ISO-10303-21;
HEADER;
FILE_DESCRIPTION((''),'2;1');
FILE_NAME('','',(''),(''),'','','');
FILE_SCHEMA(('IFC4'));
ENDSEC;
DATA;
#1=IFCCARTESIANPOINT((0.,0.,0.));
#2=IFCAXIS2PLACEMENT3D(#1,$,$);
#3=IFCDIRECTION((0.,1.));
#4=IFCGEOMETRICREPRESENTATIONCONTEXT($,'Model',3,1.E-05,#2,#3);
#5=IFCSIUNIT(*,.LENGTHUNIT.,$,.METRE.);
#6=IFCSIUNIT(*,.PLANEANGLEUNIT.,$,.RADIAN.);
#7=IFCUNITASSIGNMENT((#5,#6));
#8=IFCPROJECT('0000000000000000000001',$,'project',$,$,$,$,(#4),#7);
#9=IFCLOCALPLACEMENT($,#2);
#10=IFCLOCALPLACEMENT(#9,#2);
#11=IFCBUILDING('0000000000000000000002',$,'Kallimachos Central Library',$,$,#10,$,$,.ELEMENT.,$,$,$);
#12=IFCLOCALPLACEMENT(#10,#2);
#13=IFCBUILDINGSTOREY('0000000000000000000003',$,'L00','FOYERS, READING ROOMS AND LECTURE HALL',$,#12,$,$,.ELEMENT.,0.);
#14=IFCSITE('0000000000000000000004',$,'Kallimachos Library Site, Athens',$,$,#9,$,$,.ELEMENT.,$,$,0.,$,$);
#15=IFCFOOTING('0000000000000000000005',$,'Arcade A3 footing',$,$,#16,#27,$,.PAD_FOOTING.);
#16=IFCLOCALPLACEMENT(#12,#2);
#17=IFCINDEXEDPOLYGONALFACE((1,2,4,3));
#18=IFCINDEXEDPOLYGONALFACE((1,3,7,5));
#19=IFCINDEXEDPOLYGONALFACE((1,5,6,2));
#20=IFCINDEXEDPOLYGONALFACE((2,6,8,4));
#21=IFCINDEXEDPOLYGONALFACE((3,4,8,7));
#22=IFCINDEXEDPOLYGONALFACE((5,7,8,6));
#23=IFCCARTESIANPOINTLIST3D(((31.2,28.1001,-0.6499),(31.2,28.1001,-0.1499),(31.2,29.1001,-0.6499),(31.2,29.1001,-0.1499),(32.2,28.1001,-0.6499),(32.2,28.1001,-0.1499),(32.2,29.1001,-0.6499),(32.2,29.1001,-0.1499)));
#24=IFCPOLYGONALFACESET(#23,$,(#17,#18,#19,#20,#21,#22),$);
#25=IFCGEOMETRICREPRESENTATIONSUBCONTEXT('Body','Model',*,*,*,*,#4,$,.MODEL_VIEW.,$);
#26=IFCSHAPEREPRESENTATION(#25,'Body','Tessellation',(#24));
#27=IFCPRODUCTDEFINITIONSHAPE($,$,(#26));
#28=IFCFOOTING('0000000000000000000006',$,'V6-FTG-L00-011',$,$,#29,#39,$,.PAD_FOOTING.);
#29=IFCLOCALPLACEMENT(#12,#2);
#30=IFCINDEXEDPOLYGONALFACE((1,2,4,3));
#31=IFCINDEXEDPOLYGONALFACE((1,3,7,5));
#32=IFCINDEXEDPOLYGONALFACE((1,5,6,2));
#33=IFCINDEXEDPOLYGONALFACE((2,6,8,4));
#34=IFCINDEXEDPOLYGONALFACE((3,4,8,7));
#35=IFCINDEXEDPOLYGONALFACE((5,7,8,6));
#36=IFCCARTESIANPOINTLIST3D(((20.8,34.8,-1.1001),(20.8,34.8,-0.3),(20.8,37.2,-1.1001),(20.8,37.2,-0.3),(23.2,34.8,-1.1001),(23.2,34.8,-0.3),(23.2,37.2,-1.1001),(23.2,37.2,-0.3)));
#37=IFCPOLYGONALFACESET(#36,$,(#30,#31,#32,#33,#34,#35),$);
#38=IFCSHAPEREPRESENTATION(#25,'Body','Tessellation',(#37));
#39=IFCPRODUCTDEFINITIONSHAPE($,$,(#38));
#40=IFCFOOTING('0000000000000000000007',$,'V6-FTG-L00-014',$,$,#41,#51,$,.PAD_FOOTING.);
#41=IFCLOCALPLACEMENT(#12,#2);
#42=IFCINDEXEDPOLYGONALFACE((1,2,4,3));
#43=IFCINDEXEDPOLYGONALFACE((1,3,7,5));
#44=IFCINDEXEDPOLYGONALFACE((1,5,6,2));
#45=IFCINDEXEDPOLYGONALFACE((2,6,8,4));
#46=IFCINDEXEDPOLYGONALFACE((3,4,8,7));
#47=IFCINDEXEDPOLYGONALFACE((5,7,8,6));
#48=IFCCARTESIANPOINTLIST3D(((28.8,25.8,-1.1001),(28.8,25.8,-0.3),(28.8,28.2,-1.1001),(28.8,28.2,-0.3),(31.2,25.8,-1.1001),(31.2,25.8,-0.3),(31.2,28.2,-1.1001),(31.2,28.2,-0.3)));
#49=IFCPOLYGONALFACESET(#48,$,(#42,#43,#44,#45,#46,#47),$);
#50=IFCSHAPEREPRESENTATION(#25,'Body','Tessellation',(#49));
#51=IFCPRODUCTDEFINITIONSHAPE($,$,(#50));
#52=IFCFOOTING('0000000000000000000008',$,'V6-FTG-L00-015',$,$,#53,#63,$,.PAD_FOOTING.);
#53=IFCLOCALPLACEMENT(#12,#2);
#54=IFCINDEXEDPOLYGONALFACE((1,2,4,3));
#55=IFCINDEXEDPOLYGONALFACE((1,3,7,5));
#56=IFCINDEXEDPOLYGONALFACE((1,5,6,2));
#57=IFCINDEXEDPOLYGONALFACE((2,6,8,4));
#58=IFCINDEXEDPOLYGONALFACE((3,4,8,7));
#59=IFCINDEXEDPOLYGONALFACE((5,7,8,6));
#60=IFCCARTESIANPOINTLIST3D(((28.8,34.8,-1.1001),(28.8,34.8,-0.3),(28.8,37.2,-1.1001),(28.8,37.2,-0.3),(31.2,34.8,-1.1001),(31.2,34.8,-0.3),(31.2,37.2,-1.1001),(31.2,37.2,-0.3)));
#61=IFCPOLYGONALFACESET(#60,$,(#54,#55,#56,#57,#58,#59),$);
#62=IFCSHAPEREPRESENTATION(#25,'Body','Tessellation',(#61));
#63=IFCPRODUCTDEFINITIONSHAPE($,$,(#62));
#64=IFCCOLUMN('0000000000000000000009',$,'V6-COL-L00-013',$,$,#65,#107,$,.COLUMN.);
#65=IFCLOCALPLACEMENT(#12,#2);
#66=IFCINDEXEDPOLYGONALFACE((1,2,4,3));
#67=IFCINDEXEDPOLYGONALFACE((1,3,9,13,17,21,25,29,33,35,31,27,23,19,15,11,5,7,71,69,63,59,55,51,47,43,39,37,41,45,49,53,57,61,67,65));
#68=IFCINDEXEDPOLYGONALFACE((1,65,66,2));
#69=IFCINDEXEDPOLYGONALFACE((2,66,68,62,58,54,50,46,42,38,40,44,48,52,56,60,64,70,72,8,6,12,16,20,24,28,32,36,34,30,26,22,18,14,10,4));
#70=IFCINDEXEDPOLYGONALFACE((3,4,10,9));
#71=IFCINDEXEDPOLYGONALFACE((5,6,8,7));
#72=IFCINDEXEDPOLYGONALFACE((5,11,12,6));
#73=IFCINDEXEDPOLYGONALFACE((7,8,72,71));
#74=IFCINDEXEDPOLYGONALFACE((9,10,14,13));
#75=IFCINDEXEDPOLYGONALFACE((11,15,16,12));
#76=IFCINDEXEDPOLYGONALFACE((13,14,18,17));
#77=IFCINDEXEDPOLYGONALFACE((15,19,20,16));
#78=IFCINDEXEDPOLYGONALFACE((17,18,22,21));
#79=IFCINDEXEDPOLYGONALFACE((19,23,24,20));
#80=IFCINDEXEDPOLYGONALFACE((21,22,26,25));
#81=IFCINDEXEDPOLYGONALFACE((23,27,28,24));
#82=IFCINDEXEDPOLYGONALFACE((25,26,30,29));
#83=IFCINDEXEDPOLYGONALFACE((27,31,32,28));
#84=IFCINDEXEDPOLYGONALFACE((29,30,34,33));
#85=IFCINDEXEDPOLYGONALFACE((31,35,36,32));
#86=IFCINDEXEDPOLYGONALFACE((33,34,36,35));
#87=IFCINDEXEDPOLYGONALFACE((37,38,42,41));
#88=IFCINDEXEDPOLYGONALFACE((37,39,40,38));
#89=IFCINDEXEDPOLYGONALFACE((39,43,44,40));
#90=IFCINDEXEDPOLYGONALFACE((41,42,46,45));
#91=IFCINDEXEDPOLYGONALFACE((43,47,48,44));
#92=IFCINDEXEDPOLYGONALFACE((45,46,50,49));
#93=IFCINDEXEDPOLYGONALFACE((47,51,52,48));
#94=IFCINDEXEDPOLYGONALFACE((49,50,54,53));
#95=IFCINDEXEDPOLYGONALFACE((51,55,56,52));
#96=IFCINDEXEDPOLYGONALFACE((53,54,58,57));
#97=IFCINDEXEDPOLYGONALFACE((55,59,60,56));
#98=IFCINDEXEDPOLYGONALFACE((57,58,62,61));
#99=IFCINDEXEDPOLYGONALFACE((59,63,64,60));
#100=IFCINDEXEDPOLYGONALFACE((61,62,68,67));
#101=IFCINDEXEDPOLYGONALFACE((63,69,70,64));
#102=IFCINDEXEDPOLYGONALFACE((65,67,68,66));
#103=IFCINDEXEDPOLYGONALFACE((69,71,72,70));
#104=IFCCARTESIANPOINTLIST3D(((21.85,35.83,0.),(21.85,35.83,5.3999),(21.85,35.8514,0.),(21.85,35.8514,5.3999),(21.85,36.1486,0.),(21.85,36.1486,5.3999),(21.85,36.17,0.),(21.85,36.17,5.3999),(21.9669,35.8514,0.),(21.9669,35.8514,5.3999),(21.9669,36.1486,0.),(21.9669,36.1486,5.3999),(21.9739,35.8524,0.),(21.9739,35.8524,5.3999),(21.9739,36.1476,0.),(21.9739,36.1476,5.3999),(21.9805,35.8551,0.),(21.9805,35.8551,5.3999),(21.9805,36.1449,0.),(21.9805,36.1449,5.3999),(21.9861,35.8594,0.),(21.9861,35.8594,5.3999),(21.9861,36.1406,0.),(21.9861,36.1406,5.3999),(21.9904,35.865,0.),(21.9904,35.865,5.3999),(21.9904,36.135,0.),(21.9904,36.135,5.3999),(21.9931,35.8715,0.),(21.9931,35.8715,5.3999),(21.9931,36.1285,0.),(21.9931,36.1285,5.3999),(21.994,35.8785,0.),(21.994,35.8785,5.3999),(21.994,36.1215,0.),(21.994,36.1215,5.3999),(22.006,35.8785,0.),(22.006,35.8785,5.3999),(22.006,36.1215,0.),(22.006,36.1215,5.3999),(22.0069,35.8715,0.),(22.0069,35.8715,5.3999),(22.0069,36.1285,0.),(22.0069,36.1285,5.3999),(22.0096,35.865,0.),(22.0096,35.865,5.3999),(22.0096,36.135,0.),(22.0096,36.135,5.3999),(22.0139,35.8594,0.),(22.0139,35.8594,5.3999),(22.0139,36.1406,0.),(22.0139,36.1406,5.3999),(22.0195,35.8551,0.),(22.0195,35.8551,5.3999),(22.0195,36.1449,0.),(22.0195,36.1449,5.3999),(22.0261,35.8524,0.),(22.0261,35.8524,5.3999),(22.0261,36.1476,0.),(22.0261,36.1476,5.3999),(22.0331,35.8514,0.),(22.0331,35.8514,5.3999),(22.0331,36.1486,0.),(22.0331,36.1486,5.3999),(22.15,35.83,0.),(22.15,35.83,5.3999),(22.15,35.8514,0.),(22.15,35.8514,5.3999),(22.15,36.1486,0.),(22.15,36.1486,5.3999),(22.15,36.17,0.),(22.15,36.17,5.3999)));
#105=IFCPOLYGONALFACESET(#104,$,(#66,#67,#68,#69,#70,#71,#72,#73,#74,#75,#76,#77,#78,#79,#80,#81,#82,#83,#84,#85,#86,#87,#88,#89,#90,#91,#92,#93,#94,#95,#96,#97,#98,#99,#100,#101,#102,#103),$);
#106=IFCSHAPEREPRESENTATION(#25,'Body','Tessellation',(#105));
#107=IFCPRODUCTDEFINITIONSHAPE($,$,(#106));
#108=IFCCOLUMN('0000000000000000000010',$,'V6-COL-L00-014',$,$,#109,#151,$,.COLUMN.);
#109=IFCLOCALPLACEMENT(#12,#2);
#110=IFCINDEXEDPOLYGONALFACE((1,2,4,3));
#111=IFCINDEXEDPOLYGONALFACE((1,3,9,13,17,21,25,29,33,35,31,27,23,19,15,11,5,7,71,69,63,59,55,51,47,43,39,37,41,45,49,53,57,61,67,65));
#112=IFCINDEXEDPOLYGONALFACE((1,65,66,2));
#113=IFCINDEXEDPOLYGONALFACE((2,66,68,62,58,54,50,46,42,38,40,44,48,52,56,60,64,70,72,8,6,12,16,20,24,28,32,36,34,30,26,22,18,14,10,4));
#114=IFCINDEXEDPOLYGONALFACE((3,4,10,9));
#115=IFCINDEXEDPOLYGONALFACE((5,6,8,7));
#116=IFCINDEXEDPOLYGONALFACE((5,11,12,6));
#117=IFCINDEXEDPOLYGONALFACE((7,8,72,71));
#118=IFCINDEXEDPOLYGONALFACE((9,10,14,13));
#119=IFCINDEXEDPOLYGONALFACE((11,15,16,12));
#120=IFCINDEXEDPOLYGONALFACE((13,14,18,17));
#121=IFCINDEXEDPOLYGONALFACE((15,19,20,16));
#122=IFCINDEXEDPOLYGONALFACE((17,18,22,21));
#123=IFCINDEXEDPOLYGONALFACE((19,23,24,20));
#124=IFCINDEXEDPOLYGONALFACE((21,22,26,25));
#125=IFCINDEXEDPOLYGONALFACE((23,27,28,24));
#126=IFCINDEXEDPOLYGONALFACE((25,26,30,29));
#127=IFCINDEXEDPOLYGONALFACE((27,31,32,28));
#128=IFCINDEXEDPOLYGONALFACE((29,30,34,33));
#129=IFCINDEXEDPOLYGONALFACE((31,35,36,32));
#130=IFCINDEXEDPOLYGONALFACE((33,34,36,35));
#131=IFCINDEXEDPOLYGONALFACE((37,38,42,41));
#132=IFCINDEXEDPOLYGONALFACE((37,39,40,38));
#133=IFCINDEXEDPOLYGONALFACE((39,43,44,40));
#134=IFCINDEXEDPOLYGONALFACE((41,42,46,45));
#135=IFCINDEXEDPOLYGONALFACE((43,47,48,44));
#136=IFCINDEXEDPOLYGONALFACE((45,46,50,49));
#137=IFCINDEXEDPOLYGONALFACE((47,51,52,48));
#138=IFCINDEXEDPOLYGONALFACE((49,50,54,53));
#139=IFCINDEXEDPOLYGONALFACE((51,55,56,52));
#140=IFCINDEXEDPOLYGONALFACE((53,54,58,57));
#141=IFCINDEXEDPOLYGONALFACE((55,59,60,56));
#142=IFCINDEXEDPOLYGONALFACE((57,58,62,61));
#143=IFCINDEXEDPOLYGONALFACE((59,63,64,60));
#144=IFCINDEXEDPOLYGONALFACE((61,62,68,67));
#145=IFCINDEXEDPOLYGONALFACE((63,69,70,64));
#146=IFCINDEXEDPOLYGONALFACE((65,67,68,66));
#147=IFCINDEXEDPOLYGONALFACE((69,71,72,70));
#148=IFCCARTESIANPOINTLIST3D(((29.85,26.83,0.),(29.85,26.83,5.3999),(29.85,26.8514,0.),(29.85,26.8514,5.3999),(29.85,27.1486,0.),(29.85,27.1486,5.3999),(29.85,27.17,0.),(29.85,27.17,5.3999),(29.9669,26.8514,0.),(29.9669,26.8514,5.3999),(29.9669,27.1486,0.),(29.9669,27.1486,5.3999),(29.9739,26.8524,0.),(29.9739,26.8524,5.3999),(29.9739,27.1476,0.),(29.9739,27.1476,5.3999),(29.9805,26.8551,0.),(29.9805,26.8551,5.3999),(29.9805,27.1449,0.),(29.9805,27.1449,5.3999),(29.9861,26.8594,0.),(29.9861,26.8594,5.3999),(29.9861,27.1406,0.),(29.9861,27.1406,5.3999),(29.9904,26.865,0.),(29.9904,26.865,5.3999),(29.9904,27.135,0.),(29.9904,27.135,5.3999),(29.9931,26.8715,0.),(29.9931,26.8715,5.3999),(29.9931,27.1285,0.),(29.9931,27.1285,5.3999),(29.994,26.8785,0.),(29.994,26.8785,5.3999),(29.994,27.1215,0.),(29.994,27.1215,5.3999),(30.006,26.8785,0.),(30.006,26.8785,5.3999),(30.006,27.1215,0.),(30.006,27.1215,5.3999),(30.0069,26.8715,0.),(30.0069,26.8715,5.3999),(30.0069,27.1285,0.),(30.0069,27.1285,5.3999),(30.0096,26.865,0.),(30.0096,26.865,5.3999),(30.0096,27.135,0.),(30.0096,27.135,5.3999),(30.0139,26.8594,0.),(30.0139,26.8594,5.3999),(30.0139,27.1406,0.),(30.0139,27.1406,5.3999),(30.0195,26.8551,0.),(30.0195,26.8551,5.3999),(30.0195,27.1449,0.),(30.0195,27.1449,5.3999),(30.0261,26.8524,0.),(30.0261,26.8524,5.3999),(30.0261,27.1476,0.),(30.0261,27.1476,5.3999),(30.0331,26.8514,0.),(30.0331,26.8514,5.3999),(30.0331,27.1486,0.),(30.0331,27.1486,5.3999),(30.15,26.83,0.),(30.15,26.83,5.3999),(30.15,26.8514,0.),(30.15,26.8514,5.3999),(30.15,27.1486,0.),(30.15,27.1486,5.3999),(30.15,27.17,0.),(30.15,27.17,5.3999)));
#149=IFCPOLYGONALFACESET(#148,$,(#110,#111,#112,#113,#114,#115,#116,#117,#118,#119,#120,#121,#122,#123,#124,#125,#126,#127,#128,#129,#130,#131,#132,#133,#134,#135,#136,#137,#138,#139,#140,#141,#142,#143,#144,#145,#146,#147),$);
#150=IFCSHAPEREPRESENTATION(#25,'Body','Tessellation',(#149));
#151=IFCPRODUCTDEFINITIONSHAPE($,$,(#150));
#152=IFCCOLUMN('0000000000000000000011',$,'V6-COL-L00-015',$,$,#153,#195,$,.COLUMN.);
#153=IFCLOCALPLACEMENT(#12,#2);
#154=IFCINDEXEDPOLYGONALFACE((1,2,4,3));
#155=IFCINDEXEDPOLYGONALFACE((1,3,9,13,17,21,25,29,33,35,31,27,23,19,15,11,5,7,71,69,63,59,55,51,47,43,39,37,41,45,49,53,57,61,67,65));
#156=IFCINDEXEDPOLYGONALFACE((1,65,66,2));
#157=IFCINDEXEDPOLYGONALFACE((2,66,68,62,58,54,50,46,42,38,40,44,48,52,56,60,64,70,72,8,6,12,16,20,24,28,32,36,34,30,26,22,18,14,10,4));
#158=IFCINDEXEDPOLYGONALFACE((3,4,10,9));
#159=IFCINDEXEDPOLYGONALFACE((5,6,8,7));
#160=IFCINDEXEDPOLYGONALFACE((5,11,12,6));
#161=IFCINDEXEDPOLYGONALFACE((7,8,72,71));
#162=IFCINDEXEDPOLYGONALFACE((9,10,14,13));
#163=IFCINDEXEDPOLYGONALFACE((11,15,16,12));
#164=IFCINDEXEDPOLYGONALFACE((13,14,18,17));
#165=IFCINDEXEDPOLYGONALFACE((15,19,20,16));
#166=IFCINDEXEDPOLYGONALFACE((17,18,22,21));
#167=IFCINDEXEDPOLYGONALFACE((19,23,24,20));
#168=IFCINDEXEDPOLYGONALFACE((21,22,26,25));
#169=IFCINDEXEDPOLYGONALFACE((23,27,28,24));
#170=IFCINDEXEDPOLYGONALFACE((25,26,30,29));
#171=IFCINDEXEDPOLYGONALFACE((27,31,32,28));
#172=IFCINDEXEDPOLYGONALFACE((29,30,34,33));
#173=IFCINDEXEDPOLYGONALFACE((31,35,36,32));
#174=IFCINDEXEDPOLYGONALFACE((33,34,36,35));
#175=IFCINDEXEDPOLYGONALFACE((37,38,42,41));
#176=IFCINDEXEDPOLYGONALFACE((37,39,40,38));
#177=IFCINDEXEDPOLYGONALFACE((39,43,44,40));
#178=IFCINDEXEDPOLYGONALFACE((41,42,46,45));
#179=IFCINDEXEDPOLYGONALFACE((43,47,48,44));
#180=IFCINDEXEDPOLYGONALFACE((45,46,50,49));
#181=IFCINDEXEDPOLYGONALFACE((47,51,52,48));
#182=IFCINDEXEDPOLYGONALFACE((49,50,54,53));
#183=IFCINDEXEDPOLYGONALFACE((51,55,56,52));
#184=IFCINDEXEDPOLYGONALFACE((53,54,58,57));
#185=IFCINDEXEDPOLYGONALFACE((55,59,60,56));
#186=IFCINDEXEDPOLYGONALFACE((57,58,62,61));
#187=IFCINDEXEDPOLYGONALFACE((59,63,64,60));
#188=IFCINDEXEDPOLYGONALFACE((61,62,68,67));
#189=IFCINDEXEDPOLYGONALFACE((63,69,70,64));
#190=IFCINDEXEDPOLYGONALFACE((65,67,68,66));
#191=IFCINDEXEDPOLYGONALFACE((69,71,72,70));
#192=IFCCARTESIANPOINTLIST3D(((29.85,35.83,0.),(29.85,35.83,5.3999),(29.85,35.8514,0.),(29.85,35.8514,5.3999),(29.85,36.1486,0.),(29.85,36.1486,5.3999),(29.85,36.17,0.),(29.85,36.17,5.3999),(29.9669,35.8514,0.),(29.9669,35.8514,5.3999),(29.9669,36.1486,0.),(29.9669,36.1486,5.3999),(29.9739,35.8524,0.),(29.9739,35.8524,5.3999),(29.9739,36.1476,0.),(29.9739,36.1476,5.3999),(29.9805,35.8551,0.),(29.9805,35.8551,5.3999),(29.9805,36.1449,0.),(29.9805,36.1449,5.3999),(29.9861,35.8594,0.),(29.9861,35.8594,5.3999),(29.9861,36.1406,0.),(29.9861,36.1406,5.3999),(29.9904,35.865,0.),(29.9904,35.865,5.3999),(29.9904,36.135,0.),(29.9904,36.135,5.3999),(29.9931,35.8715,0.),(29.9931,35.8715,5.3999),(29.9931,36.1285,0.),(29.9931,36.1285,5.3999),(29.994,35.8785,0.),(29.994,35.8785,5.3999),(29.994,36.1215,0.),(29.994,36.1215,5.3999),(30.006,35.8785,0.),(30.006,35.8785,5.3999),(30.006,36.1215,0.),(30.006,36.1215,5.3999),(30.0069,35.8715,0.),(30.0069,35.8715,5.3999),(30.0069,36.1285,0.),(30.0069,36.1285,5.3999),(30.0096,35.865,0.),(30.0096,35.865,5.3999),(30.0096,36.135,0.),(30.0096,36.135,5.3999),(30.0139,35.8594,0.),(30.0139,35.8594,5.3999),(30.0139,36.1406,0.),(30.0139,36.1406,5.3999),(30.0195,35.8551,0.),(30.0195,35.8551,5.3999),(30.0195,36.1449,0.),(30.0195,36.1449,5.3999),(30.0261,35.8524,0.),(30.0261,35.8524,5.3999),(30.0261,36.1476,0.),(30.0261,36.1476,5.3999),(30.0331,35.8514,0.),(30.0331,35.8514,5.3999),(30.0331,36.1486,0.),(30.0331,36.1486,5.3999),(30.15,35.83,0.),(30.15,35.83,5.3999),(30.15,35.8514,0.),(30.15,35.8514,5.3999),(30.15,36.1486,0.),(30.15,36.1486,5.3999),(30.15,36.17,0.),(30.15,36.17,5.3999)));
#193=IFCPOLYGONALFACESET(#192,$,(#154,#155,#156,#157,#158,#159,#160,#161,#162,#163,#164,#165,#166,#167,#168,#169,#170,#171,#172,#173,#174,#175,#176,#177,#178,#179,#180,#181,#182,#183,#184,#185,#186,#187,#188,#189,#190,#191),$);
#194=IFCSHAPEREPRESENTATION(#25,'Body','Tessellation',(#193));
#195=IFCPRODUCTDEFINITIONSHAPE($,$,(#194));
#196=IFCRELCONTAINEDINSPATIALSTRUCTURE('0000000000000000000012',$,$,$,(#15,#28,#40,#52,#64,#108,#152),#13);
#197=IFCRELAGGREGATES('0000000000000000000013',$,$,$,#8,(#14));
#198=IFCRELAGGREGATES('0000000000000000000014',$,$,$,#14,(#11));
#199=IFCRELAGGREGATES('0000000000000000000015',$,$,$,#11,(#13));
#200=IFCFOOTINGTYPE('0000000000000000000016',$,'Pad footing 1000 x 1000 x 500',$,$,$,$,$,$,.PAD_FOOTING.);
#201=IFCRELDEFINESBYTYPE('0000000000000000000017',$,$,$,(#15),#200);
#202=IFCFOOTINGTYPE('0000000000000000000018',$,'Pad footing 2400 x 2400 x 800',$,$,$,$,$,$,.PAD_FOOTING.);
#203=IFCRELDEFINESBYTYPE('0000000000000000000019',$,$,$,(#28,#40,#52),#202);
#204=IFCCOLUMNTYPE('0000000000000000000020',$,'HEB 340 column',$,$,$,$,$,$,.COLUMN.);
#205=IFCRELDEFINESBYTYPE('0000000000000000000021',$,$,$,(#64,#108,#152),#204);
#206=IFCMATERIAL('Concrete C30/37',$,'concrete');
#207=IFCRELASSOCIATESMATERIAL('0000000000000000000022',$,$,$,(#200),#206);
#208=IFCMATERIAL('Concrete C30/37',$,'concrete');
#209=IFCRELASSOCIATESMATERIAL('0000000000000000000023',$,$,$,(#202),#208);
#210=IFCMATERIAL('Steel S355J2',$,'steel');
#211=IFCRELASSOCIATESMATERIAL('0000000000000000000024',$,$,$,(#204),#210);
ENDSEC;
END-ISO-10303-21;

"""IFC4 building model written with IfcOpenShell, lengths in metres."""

from ifc_helpers import new_model, si_unit, direction, frame, origin, origin_2d, place, context, subcontext, project, spatial, rectangle, i_section, extrude, material, material_profile, profile_set, type_object, element, save


model = new_model("IFC4")

# Units and contexts
model_context = context("Model", 3, precision=1e-05, world=origin(), true_north=direction((0.0, 1.0)))
body_context = subcontext(model_context, "Body", "Model", "MODEL_VIEW")
ifc_project = project(units=[si_unit("LENGTHUNIT", "METRE"), si_unit("PLANEANGLEUNIT", "RADIAN")], contexts=[model_context])

# Site, building, storey
site_placement = place(None, origin())
site = spatial("IfcSite", under=ifc_project, at=site_placement, Name="Kallimachos Library Site, Athens", CompositionType="ELEMENT", RefElevation=0.0)
building_placement = place(site_placement, origin())
building = spatial("IfcBuilding", under=site, at=building_placement, Name="Kallimachos Central Library", CompositionType="ELEMENT")
storey_placement = place(building_placement, origin())
storey = spatial("IfcBuildingStorey", under=building, at=storey_placement, Name="L00", Description="FOYERS, READING ROOMS AND LECTURE HALL", CompositionType="ELEMENT", Elevation=0.0)

# Footings
ifc_material_1 = material(Name="Concrete C30/37", Category="concrete")
footing_type_1 = type_object("IfcFootingType", Name="Pad footing 1000 x 1000 x 500", PredefinedType="PAD_FOOTING", material=ifc_material_1)
footing_placement = place(storey_placement, frame((31.7, 28.6001, -0.6499), z_axis=(0.0, 0.0, 1.0), x_axis=(1.0, 0.0, 0.0)))
element("IfcFooting", 1, at=footing_placement, inside=storey, type_object=footing_type_1, Name="Arcade A3 footing", PredefinedType="PAD_FOOTING", context=body_context, shape_type="SweptSolid", body=[
    extrude(rectangle(XDim=1.0, YDim=1.0, at=origin_2d()), origin(), (0.0, 0.0, 1.0), 0.5),
])
ifc_material_2 = material(Name="Concrete C30/37", Category="concrete")
footing_type_2 = type_object("IfcFootingType", Name="Pad footing 2400 x 2400 x 800", PredefinedType="PAD_FOOTING", material=ifc_material_2)
for number, where, z_axis, x_axis, name in (
    (2, (22.0, 36.0, -1.1001), (0.0, 0.0, 1.0), (1.0, 0.0, 0.0), "V6-FTG-L00-011"),
    (3, (30.0, 27.0, -1.1001), (0.0, 0.0, 1.0), (1.0, 0.0, 0.0), "V6-FTG-L00-014"),
    (4, (30.0, 36.0, -1.1001), (0.0, 0.0, 1.0), (1.0, 0.0, 0.0), "V6-FTG-L00-015"),
):
    element("IfcFooting", number, at=place(storey_placement, frame(where, z_axis=z_axis, x_axis=x_axis)), inside=storey, type_object=footing_type_2, Name=name, PredefinedType="PAD_FOOTING", context=body_context, shape_type="SweptSolid", body=[
        extrude(rectangle(XDim=2.3999, YDim=2.3999, at=origin_2d()), origin(), (0.0, 0.0, 1.0), 0.8),
    ])

# Columns
ifc_material_3 = material(Name="Steel S355J2", Category="steel")
ifc_material_profile_1 = material_profile(ifc_material_3, i_section(OverallWidth=0.3, OverallDepth=0.3401, WebThickness=0.012, FlangeThickness=0.0215, FilletRadius=0.0271, at=origin_2d()), Name="HEB 340")
ifc_profile_set_1 = profile_set([ifc_material_profile_1], Name="Steel S355J2")
column_type = type_object("IfcColumnType", Name="HEB 340 column", PredefinedType="COLUMN", material=ifc_profile_set_1)
for number, where, z_axis, x_axis, name in (
    (5, (22.0, 36.0, 0.0), (0.0, 0.0, 1.0), (1.0, 0.0, 0.0), "V6-COL-L00-013"),
    (6, (30.0, 27.0, 0.0), (0.0, 0.0, 1.0), (1.0, 0.0, 0.0), "V6-COL-L00-014"),
    (7, (30.0, 36.0, 0.0), (0.0, 0.0, 1.0), (1.0, 0.0, 0.0), "V6-COL-L00-015"),
):
    element("IfcColumn", number, at=place(storey_placement, frame(where, z_axis=z_axis, x_axis=x_axis)), inside=storey, type_object=column_type, Name=name, PredefinedType="COLUMN", context=body_context, shape_type="SweptSolid", body=[
        extrude(i_section(OverallWidth=0.3, OverallDepth=0.3401, WebThickness=0.012, FlangeThickness=0.0215, FilletRadius=0.0271, at=origin_2d()), origin(), (0.0, 0.0, 1.0), 5.3999),
    ])

save(model, "model.ifc")
